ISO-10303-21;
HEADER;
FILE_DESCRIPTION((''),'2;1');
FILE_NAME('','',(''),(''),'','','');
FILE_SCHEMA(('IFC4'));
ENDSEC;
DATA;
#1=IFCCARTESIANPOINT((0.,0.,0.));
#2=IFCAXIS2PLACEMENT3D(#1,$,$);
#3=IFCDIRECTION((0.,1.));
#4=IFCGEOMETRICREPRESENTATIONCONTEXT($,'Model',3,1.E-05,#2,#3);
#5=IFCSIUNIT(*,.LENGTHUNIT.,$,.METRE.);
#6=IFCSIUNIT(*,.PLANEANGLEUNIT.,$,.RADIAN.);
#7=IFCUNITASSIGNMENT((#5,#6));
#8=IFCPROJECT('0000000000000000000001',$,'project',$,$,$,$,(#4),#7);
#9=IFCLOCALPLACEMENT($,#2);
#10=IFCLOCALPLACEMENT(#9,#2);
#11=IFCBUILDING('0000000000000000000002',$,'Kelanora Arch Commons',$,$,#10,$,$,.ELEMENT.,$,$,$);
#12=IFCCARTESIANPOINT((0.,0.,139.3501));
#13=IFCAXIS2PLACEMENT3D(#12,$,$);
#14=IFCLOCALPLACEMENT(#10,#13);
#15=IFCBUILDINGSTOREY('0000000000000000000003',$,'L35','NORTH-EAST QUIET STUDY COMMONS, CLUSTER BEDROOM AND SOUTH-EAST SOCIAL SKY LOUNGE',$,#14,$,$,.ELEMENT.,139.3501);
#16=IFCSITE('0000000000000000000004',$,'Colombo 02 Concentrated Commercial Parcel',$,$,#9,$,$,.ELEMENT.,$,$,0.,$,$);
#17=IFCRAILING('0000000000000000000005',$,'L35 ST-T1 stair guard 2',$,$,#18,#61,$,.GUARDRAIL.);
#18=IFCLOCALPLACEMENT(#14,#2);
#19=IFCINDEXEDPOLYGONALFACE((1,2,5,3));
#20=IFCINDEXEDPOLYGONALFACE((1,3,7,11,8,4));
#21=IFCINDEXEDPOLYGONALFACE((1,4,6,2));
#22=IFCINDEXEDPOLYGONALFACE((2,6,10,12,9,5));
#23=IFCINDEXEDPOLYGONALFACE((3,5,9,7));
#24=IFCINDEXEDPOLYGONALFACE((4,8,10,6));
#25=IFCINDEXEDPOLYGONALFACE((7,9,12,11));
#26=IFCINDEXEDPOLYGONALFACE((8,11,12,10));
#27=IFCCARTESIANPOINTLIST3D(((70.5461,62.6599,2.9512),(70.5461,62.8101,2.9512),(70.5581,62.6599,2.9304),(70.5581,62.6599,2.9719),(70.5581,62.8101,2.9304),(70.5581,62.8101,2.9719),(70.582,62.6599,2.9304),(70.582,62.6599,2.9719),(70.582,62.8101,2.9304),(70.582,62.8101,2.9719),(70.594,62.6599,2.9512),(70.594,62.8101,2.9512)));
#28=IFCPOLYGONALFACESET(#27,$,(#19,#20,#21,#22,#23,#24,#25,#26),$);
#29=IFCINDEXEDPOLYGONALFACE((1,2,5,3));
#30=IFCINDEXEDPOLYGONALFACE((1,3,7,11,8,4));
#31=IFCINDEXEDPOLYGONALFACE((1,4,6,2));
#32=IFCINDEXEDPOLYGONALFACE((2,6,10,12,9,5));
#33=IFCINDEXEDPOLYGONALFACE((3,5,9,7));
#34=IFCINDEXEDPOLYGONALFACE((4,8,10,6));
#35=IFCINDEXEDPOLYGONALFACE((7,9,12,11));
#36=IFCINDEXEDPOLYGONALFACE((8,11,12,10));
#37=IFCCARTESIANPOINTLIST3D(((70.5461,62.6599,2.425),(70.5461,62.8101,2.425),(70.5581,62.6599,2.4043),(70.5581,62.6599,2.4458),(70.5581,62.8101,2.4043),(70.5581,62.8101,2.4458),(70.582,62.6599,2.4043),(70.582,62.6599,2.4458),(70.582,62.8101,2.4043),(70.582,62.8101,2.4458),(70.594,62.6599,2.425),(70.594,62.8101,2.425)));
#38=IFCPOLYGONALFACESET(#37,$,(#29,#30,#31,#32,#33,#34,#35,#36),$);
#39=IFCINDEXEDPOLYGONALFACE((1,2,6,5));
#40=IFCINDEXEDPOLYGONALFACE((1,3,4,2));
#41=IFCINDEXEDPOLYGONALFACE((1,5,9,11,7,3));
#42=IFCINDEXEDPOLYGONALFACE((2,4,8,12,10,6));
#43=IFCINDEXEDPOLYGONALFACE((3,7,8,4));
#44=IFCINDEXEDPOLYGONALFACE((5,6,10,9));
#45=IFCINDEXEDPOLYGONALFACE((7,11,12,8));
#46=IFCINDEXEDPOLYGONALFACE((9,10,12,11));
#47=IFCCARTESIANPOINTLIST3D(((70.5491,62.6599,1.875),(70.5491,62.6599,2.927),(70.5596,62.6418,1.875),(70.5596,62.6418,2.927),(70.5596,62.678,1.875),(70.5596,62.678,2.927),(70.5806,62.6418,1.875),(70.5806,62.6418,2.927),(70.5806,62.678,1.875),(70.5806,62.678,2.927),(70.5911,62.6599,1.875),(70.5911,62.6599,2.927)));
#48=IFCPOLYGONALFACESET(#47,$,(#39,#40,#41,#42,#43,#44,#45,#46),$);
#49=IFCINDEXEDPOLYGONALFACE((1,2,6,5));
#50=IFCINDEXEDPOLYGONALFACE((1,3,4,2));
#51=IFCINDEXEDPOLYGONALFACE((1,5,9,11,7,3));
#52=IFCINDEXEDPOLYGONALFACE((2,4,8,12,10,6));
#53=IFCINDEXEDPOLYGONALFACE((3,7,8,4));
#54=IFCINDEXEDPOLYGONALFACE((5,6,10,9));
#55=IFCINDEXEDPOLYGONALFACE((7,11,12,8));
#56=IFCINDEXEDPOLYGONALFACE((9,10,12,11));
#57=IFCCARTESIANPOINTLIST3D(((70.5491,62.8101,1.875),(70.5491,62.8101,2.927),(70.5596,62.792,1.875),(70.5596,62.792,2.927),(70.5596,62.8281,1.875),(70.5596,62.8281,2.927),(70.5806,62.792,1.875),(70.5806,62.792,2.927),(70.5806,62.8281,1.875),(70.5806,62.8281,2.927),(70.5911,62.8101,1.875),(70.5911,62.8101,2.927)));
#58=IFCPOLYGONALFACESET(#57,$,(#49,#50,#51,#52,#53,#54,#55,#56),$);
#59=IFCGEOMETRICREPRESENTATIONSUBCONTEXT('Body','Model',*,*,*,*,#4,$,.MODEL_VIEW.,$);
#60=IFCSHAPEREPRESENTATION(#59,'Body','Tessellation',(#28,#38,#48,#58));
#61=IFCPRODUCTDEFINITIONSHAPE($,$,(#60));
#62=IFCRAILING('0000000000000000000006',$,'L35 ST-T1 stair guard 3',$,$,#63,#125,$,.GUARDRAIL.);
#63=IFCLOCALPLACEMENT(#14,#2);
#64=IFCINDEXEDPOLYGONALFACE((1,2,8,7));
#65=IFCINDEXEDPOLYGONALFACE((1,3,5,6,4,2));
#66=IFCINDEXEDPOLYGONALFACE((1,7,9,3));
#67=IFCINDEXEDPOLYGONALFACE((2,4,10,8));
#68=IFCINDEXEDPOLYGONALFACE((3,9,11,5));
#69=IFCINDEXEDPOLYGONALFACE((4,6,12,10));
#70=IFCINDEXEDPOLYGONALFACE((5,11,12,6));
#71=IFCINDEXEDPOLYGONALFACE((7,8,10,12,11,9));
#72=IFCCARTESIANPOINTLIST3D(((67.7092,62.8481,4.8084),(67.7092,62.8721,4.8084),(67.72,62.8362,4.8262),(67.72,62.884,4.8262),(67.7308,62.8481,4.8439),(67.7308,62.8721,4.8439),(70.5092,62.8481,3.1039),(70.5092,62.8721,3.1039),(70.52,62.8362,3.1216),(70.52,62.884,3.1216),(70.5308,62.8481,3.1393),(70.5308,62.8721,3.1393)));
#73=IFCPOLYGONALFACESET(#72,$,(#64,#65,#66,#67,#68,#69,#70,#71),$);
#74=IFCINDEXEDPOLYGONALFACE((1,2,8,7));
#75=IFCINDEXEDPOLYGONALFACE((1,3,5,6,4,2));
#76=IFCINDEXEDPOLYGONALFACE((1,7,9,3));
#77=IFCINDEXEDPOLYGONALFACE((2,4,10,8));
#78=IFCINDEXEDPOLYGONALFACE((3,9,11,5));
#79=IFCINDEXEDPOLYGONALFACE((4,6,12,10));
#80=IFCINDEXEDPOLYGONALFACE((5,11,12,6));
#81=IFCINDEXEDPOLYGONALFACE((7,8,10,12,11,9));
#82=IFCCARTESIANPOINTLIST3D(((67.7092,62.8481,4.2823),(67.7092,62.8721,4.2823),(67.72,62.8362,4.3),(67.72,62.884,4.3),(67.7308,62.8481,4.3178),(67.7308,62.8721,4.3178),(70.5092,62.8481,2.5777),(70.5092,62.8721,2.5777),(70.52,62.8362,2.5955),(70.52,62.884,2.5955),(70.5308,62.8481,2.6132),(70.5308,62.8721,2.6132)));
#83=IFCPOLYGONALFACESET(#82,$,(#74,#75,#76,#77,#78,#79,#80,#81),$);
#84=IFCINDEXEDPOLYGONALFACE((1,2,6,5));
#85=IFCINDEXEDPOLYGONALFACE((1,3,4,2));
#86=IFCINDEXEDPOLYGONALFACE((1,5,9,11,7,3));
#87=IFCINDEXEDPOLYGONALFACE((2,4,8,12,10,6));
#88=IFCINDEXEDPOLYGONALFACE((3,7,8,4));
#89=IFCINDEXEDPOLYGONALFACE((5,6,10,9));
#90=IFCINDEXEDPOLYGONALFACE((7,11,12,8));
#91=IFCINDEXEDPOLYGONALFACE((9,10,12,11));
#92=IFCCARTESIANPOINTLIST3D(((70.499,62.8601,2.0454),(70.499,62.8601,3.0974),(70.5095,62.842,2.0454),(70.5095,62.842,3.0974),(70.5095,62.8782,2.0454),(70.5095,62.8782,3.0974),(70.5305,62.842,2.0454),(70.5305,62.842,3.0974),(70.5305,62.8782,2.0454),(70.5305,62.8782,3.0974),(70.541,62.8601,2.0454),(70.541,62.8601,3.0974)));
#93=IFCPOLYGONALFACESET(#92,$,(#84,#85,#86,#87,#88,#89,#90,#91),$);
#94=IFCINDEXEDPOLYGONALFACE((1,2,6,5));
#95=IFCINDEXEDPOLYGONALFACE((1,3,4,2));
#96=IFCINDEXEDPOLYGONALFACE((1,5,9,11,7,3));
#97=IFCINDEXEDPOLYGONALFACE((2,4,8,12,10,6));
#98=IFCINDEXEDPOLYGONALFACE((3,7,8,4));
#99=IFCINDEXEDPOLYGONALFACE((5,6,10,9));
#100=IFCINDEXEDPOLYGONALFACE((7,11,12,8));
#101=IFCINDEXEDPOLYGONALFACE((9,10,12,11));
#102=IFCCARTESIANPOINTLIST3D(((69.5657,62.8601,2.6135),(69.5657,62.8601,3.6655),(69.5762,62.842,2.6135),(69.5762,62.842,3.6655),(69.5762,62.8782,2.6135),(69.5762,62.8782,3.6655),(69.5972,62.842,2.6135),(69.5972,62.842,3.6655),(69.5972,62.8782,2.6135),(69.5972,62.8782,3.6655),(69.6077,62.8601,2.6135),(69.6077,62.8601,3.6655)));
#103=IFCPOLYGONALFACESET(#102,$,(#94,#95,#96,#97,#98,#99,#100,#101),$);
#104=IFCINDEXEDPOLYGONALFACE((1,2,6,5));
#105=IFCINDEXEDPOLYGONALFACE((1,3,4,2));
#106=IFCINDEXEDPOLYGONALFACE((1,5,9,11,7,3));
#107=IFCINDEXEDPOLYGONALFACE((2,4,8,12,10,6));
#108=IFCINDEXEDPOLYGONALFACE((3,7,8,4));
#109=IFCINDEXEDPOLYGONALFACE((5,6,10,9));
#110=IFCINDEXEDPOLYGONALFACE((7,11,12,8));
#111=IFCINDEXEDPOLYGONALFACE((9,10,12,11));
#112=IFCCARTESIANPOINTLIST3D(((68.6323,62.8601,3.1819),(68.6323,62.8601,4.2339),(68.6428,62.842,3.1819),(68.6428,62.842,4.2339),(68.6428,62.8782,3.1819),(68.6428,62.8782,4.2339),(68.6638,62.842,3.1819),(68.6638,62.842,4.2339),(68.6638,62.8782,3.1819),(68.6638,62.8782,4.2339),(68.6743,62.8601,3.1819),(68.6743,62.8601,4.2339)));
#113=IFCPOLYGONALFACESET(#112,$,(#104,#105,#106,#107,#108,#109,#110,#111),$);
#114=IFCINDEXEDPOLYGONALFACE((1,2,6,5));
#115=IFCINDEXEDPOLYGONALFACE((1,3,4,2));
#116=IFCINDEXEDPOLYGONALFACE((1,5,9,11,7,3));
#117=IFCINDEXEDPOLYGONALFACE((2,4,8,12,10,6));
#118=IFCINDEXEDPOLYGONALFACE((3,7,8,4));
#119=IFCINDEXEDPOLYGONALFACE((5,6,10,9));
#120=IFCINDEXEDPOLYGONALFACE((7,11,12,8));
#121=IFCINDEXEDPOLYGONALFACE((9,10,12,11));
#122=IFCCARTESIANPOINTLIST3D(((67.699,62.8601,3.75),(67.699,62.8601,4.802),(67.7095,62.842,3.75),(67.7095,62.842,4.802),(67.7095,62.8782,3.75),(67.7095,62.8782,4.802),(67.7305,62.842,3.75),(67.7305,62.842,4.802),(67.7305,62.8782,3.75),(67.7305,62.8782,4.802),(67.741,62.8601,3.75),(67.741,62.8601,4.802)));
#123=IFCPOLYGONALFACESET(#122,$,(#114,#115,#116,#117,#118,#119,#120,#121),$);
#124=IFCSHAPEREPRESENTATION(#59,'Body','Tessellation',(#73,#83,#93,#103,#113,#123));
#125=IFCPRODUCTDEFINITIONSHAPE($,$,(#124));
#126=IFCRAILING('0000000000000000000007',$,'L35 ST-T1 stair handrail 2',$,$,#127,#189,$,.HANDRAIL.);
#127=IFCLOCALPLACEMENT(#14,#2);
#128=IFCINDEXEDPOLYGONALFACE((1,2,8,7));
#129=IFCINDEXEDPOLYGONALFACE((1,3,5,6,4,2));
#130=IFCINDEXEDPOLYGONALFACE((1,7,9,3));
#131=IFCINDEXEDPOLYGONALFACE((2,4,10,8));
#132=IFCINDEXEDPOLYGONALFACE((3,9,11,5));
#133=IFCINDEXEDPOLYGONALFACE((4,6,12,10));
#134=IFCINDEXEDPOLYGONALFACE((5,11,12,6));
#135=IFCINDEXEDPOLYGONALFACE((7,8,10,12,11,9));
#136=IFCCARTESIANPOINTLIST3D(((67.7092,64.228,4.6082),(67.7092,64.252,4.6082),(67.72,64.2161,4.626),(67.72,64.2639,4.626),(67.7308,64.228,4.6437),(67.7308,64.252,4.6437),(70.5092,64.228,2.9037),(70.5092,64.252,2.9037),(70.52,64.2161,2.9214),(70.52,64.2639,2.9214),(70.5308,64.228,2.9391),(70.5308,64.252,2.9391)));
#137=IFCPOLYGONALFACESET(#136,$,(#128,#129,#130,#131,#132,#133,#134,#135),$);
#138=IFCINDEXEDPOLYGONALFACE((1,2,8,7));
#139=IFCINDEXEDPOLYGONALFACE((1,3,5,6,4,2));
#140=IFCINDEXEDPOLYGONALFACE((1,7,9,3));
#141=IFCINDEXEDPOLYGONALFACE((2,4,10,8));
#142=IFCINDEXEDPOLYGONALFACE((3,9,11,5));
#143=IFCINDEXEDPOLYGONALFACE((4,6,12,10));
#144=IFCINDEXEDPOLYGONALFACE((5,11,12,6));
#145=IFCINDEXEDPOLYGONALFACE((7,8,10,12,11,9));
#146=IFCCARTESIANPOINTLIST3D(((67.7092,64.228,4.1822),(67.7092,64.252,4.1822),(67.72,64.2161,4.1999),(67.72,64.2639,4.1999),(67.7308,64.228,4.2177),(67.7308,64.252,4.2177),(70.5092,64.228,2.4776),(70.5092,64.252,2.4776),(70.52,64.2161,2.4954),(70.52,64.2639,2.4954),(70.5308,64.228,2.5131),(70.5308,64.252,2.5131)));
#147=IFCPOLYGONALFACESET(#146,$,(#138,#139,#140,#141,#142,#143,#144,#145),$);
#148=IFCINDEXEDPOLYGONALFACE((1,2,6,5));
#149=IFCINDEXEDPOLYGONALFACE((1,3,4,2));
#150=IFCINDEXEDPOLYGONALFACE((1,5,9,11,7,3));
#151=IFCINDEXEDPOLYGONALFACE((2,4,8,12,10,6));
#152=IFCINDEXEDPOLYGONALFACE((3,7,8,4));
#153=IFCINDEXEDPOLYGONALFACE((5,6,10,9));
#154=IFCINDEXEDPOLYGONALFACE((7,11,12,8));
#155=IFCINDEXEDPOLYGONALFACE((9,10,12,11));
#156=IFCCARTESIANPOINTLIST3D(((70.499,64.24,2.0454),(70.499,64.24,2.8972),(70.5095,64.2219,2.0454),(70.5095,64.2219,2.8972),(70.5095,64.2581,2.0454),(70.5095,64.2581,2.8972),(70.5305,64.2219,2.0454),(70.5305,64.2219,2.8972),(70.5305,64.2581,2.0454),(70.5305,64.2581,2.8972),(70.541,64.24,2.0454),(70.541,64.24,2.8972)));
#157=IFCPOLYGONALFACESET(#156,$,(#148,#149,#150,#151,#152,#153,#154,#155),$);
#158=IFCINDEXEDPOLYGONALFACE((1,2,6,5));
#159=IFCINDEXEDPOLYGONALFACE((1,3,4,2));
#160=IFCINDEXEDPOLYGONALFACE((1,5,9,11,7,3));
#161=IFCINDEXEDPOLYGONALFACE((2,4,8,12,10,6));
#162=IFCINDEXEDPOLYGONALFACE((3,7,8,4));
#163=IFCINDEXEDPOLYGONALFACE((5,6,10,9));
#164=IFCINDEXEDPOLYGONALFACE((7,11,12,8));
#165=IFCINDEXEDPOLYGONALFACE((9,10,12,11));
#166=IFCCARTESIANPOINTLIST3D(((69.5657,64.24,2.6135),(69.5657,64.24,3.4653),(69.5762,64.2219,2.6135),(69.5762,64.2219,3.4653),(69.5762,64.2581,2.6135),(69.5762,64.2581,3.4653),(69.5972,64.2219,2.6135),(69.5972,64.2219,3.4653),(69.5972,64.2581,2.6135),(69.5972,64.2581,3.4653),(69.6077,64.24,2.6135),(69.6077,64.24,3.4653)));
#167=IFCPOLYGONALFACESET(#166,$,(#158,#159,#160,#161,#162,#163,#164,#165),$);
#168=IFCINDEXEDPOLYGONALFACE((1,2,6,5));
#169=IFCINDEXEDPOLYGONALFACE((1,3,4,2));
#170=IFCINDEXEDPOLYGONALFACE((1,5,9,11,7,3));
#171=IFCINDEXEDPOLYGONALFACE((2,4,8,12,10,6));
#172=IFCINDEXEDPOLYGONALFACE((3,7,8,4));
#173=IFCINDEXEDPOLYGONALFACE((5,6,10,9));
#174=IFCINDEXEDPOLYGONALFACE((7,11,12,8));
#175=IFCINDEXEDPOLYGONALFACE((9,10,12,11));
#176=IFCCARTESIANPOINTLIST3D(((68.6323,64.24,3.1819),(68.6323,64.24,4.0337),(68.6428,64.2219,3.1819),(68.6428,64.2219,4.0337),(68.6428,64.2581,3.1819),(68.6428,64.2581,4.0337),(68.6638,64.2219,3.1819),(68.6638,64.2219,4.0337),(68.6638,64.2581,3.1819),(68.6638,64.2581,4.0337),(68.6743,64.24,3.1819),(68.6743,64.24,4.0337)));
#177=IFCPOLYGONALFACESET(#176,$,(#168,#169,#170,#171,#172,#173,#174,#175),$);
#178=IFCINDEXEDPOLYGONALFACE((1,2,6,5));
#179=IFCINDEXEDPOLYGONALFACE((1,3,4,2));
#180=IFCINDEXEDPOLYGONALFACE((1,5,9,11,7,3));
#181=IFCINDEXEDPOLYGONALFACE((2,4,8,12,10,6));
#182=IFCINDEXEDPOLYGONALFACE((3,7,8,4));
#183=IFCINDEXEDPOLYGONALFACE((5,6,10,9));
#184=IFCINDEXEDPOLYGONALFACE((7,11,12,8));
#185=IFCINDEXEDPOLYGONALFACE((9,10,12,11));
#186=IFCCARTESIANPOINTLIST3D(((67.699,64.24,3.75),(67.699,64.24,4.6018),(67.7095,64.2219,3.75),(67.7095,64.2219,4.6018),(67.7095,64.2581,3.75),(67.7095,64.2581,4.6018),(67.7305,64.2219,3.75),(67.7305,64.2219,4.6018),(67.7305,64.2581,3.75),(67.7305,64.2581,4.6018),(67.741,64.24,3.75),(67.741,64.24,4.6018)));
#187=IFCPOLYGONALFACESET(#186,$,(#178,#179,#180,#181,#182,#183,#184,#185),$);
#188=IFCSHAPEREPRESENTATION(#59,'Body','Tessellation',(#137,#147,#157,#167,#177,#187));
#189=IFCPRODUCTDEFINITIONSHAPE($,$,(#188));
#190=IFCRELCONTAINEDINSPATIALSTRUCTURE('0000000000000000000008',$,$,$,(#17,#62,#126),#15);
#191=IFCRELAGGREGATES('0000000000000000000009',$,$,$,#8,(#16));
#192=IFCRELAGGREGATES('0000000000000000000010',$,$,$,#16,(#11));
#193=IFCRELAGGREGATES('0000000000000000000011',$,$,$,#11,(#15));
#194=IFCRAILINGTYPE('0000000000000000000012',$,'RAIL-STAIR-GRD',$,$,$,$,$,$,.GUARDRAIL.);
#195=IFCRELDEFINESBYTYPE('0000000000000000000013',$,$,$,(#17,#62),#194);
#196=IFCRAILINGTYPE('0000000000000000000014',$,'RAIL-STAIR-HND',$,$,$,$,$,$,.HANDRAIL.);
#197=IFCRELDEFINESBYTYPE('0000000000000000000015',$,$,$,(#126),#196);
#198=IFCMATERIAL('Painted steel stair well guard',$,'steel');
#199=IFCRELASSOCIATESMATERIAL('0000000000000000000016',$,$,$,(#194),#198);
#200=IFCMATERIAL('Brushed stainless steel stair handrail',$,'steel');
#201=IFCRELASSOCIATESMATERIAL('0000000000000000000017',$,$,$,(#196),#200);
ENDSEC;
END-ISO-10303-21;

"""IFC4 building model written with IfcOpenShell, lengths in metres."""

from ifc_helpers import new_model, si_unit, direction, frame, origin, place, context, subcontext, project, spatial, polyline, outline, extrude, material, type_object, element, save


model = new_model("IFC4")

# Units and contexts
model_context = context("Model", 3, precision=1e-05, world=origin(), true_north=direction((0.0, 1.0)))
body_context = subcontext(model_context, "Body", "Model", "MODEL_VIEW")
ifc_project = project(units=[si_unit("LENGTHUNIT", "METRE"), si_unit("PLANEANGLEUNIT", "RADIAN")], contexts=[model_context])

# Site, building, storey
site_placement = place(None, origin())
site = spatial("IfcSite", under=ifc_project, at=site_placement, Name="Colombo 02 Concentrated Commercial Parcel", CompositionType="ELEMENT", RefElevation=0.0)
building_placement = place(site_placement, origin())
building = spatial("IfcBuilding", under=site, at=building_placement, Name="Kelanora Arch Commons", CompositionType="ELEMENT")
storey_placement = place(building_placement, frame((0.0, 0.0, 139.3501)))
storey = spatial("IfcBuildingStorey", under=building, at=storey_placement, Name="L35", Description="NORTH-EAST QUIET STUDY COMMONS, CLUSTER BEDROOM AND SOUTH-EAST SOCIAL SKY LOUNGE", CompositionType="ELEMENT", Elevation=139.3501)

# Railings
ifc_material_1 = material(Name="Painted steel stair well guard", Category="steel")
railing_type_1 = type_object("IfcRailingType", Name="RAIL-STAIR-GRD", PredefinedType="GUARDRAIL", material=ifc_material_1)
railing_1_placement = place(storey_placement, frame((70.5701, 62.6599, 1.875)))
element("IfcRailing", 1, at=railing_1_placement, inside=storey, type_object=railing_type_1, Name="L35 ST-T1 stair guard 2", PredefinedType="GUARDRAIL", context=body_context, shape_type="SweptSolid", body=[
    extrude(outline(polyline([(0.0239, 0.0), (0.012, 0.0208), (-0.012, 0.0208), (-0.0239, 0.0), (-0.012, -0.0208), (0.012, -0.0208), (0.0239, 0.0)])), frame((0.0, 0.0, 1.0762), z_axis=(0.0, 1.0, 0.0), x_axis=(-1.0, 0.0, 0.0)), (0.0, 0.0, 1.0), 0.1501),
    extrude(outline(polyline([(0.0239, 0.0), (0.012, 0.0208), (-0.012, 0.0208), (-0.0239, 0.0), (-0.012, -0.0208), (0.012, -0.0208), (0.0239, 0.0)])), frame((0.0, 0.0, 0.55), z_axis=(0.0, 1.0, 0.0), x_axis=(-1.0, 0.0, 0.0)), (0.0, 0.0, 1.0), 0.1501),
    extrude(outline(polyline([(0.021, 0.0), (0.0105, 0.0181), (-0.0105, 0.0181), (-0.021, 0.0), (-0.0105, -0.0181), (0.0105, -0.0181), (0.021, 0.0)])), origin(), (0.0, 0.0, 1.0), 1.052),
    extrude(outline(polyline([(0.021, 0.0), (0.0105, 0.0181), (-0.0105, 0.0181), (-0.021, 0.0), (-0.0105, -0.0181), (0.0105, -0.0181), (0.021, 0.0)])), frame((0.0, 0.1501, 0.0)), (0.0, 0.0, 1.0), 1.052),
])
railing_2_placement = place(storey_placement, frame((70.52, 62.8601, 2.0454)))
element("IfcRailing", 2, at=railing_2_placement, inside=storey, type_object=railing_type_1, Name="L35 ST-T1 stair guard 3", PredefinedType="GUARDRAIL", context=body_context, shape_type="SweptSolid", body=[
    extrude(outline(polyline([(0.0239, 0.0), (0.012, 0.0208), (-0.012, 0.0208), (-0.0239, 0.0), (-0.012, -0.0208), (0.012, -0.0208), (0.0239, 0.0)])), frame((0.0, 0.0, 1.0762), z_axis=(-0.85417, 0.0, 0.519994), x_axis=(0.0, -1.0, 0.0)), (0.0, 0.0, 1.0), 3.2781),
    extrude(outline(polyline([(0.0239, 0.0), (0.012, 0.0208), (-0.012, 0.0208), (-0.0239, 0.0), (-0.012, -0.0208), (0.012, -0.0208), (0.0239, 0.0)])), frame((0.0, 0.0, 0.55), z_axis=(-0.85417, 0.0, 0.519994), x_axis=(0.0, -1.0, 0.0)), (0.0, 0.0, 1.0), 3.2781),
    extrude(outline(polyline([(0.021, 0.0), (0.0105, 0.0181), (-0.0105, 0.0181), (-0.021, 0.0), (-0.0105, -0.0181), (0.0105, -0.0181), (0.021, 0.0)])), origin(), (0.0, 0.0, 1.0), 1.052),
    extrude(outline(polyline([(0.021, 0.0), (0.0105, 0.0181), (-0.0105, 0.0181), (-0.021, 0.0), (-0.0105, -0.0181), (0.0105, -0.0181), (0.021, 0.0)])), frame((-0.9333, 0.0, 0.5681)), (0.0, 0.0, 1.0), 1.052),
    extrude(outline(polyline([(0.021, 0.0), (0.0105, 0.0181), (-0.0105, 0.0181), (-0.021, 0.0), (-0.0105, -0.0181), (0.0105, -0.0181), (0.021, 0.0)])), frame((-1.8667, 0.0, 1.1365)), (0.0, 0.0, 1.0), 1.052),
    extrude(outline(polyline([(0.021, 0.0), (0.0105, 0.0181), (-0.0105, 0.0181), (-0.021, 0.0), (-0.0105, -0.0181), (0.0105, -0.0181), (0.021, 0.0)])), frame((-2.8, 0.0, 1.7046)), (0.0, 0.0, 1.0), 1.052),
])
ifc_material_2 = material(Name="Brushed stainless steel stair handrail", Category="steel")
railing_type_2 = type_object("IfcRailingType", Name="RAIL-STAIR-HND", PredefinedType="HANDRAIL", material=ifc_material_2)
railing_3_placement = place(storey_placement, frame((70.52, 64.24, 2.0454)))
element("IfcRailing", 3, at=railing_3_placement, inside=storey, type_object=railing_type_2, Name="L35 ST-T1 stair handrail 2", PredefinedType="HANDRAIL", context=body_context, shape_type="SweptSolid", body=[
    extrude(outline(polyline([(0.0239, 0.0), (0.012, 0.0208), (-0.012, 0.0208), (-0.0239, 0.0), (-0.012, -0.0208), (0.012, -0.0208), (0.0239, 0.0)])), frame((0.0, 0.0, 0.876), z_axis=(-0.85417, 0.0, 0.519994), x_axis=(0.0, -1.0, 0.0)), (0.0, 0.0, 1.0), 3.2781),
    extrude(outline(polyline([(0.0239, 0.0), (0.012, 0.0208), (-0.012, 0.0208), (-0.0239, 0.0), (-0.012, -0.0208), (0.012, -0.0208), (0.0239, 0.0)])), frame((0.0, 0.0, 0.45), z_axis=(-0.85417, 0.0, 0.519994), x_axis=(0.0, -1.0, 0.0)), (0.0, 0.0, 1.0), 3.2781),
    extrude(outline(polyline([(0.021, 0.0), (0.0105, 0.0181), (-0.0105, 0.0181), (-0.021, 0.0), (-0.0105, -0.0181), (0.0105, -0.0181), (0.021, 0.0)])), origin(), (0.0, 0.0, 1.0), 0.8518),
    extrude(outline(polyline([(0.021, 0.0), (0.0105, 0.0181), (-0.0105, 0.0181), (-0.021, 0.0), (-0.0105, -0.0181), (0.0105, -0.0181), (0.021, 0.0)])), frame((-0.9333, 0.0, 0.5681)), (0.0, 0.0, 1.0), 0.8518),
    extrude(outline(polyline([(0.021, 0.0), (0.0105, 0.0181), (-0.0105, 0.0181), (-0.021, 0.0), (-0.0105, -0.0181), (0.0105, -0.0181), (0.021, 0.0)])), frame((-1.8667, 0.0, 1.1365)), (0.0, 0.0, 1.0), 0.8518),
    extrude(outline(polyline([(0.021, 0.0), (0.0105, 0.0181), (-0.0105, 0.0181), (-0.021, 0.0), (-0.0105, -0.0181), (0.0105, -0.0181), (0.021, 0.0)])), frame((-2.8, 0.0, 1.7046)), (0.0, 0.0, 1.0), 0.8518),
])

save(model, "model.ifc")
